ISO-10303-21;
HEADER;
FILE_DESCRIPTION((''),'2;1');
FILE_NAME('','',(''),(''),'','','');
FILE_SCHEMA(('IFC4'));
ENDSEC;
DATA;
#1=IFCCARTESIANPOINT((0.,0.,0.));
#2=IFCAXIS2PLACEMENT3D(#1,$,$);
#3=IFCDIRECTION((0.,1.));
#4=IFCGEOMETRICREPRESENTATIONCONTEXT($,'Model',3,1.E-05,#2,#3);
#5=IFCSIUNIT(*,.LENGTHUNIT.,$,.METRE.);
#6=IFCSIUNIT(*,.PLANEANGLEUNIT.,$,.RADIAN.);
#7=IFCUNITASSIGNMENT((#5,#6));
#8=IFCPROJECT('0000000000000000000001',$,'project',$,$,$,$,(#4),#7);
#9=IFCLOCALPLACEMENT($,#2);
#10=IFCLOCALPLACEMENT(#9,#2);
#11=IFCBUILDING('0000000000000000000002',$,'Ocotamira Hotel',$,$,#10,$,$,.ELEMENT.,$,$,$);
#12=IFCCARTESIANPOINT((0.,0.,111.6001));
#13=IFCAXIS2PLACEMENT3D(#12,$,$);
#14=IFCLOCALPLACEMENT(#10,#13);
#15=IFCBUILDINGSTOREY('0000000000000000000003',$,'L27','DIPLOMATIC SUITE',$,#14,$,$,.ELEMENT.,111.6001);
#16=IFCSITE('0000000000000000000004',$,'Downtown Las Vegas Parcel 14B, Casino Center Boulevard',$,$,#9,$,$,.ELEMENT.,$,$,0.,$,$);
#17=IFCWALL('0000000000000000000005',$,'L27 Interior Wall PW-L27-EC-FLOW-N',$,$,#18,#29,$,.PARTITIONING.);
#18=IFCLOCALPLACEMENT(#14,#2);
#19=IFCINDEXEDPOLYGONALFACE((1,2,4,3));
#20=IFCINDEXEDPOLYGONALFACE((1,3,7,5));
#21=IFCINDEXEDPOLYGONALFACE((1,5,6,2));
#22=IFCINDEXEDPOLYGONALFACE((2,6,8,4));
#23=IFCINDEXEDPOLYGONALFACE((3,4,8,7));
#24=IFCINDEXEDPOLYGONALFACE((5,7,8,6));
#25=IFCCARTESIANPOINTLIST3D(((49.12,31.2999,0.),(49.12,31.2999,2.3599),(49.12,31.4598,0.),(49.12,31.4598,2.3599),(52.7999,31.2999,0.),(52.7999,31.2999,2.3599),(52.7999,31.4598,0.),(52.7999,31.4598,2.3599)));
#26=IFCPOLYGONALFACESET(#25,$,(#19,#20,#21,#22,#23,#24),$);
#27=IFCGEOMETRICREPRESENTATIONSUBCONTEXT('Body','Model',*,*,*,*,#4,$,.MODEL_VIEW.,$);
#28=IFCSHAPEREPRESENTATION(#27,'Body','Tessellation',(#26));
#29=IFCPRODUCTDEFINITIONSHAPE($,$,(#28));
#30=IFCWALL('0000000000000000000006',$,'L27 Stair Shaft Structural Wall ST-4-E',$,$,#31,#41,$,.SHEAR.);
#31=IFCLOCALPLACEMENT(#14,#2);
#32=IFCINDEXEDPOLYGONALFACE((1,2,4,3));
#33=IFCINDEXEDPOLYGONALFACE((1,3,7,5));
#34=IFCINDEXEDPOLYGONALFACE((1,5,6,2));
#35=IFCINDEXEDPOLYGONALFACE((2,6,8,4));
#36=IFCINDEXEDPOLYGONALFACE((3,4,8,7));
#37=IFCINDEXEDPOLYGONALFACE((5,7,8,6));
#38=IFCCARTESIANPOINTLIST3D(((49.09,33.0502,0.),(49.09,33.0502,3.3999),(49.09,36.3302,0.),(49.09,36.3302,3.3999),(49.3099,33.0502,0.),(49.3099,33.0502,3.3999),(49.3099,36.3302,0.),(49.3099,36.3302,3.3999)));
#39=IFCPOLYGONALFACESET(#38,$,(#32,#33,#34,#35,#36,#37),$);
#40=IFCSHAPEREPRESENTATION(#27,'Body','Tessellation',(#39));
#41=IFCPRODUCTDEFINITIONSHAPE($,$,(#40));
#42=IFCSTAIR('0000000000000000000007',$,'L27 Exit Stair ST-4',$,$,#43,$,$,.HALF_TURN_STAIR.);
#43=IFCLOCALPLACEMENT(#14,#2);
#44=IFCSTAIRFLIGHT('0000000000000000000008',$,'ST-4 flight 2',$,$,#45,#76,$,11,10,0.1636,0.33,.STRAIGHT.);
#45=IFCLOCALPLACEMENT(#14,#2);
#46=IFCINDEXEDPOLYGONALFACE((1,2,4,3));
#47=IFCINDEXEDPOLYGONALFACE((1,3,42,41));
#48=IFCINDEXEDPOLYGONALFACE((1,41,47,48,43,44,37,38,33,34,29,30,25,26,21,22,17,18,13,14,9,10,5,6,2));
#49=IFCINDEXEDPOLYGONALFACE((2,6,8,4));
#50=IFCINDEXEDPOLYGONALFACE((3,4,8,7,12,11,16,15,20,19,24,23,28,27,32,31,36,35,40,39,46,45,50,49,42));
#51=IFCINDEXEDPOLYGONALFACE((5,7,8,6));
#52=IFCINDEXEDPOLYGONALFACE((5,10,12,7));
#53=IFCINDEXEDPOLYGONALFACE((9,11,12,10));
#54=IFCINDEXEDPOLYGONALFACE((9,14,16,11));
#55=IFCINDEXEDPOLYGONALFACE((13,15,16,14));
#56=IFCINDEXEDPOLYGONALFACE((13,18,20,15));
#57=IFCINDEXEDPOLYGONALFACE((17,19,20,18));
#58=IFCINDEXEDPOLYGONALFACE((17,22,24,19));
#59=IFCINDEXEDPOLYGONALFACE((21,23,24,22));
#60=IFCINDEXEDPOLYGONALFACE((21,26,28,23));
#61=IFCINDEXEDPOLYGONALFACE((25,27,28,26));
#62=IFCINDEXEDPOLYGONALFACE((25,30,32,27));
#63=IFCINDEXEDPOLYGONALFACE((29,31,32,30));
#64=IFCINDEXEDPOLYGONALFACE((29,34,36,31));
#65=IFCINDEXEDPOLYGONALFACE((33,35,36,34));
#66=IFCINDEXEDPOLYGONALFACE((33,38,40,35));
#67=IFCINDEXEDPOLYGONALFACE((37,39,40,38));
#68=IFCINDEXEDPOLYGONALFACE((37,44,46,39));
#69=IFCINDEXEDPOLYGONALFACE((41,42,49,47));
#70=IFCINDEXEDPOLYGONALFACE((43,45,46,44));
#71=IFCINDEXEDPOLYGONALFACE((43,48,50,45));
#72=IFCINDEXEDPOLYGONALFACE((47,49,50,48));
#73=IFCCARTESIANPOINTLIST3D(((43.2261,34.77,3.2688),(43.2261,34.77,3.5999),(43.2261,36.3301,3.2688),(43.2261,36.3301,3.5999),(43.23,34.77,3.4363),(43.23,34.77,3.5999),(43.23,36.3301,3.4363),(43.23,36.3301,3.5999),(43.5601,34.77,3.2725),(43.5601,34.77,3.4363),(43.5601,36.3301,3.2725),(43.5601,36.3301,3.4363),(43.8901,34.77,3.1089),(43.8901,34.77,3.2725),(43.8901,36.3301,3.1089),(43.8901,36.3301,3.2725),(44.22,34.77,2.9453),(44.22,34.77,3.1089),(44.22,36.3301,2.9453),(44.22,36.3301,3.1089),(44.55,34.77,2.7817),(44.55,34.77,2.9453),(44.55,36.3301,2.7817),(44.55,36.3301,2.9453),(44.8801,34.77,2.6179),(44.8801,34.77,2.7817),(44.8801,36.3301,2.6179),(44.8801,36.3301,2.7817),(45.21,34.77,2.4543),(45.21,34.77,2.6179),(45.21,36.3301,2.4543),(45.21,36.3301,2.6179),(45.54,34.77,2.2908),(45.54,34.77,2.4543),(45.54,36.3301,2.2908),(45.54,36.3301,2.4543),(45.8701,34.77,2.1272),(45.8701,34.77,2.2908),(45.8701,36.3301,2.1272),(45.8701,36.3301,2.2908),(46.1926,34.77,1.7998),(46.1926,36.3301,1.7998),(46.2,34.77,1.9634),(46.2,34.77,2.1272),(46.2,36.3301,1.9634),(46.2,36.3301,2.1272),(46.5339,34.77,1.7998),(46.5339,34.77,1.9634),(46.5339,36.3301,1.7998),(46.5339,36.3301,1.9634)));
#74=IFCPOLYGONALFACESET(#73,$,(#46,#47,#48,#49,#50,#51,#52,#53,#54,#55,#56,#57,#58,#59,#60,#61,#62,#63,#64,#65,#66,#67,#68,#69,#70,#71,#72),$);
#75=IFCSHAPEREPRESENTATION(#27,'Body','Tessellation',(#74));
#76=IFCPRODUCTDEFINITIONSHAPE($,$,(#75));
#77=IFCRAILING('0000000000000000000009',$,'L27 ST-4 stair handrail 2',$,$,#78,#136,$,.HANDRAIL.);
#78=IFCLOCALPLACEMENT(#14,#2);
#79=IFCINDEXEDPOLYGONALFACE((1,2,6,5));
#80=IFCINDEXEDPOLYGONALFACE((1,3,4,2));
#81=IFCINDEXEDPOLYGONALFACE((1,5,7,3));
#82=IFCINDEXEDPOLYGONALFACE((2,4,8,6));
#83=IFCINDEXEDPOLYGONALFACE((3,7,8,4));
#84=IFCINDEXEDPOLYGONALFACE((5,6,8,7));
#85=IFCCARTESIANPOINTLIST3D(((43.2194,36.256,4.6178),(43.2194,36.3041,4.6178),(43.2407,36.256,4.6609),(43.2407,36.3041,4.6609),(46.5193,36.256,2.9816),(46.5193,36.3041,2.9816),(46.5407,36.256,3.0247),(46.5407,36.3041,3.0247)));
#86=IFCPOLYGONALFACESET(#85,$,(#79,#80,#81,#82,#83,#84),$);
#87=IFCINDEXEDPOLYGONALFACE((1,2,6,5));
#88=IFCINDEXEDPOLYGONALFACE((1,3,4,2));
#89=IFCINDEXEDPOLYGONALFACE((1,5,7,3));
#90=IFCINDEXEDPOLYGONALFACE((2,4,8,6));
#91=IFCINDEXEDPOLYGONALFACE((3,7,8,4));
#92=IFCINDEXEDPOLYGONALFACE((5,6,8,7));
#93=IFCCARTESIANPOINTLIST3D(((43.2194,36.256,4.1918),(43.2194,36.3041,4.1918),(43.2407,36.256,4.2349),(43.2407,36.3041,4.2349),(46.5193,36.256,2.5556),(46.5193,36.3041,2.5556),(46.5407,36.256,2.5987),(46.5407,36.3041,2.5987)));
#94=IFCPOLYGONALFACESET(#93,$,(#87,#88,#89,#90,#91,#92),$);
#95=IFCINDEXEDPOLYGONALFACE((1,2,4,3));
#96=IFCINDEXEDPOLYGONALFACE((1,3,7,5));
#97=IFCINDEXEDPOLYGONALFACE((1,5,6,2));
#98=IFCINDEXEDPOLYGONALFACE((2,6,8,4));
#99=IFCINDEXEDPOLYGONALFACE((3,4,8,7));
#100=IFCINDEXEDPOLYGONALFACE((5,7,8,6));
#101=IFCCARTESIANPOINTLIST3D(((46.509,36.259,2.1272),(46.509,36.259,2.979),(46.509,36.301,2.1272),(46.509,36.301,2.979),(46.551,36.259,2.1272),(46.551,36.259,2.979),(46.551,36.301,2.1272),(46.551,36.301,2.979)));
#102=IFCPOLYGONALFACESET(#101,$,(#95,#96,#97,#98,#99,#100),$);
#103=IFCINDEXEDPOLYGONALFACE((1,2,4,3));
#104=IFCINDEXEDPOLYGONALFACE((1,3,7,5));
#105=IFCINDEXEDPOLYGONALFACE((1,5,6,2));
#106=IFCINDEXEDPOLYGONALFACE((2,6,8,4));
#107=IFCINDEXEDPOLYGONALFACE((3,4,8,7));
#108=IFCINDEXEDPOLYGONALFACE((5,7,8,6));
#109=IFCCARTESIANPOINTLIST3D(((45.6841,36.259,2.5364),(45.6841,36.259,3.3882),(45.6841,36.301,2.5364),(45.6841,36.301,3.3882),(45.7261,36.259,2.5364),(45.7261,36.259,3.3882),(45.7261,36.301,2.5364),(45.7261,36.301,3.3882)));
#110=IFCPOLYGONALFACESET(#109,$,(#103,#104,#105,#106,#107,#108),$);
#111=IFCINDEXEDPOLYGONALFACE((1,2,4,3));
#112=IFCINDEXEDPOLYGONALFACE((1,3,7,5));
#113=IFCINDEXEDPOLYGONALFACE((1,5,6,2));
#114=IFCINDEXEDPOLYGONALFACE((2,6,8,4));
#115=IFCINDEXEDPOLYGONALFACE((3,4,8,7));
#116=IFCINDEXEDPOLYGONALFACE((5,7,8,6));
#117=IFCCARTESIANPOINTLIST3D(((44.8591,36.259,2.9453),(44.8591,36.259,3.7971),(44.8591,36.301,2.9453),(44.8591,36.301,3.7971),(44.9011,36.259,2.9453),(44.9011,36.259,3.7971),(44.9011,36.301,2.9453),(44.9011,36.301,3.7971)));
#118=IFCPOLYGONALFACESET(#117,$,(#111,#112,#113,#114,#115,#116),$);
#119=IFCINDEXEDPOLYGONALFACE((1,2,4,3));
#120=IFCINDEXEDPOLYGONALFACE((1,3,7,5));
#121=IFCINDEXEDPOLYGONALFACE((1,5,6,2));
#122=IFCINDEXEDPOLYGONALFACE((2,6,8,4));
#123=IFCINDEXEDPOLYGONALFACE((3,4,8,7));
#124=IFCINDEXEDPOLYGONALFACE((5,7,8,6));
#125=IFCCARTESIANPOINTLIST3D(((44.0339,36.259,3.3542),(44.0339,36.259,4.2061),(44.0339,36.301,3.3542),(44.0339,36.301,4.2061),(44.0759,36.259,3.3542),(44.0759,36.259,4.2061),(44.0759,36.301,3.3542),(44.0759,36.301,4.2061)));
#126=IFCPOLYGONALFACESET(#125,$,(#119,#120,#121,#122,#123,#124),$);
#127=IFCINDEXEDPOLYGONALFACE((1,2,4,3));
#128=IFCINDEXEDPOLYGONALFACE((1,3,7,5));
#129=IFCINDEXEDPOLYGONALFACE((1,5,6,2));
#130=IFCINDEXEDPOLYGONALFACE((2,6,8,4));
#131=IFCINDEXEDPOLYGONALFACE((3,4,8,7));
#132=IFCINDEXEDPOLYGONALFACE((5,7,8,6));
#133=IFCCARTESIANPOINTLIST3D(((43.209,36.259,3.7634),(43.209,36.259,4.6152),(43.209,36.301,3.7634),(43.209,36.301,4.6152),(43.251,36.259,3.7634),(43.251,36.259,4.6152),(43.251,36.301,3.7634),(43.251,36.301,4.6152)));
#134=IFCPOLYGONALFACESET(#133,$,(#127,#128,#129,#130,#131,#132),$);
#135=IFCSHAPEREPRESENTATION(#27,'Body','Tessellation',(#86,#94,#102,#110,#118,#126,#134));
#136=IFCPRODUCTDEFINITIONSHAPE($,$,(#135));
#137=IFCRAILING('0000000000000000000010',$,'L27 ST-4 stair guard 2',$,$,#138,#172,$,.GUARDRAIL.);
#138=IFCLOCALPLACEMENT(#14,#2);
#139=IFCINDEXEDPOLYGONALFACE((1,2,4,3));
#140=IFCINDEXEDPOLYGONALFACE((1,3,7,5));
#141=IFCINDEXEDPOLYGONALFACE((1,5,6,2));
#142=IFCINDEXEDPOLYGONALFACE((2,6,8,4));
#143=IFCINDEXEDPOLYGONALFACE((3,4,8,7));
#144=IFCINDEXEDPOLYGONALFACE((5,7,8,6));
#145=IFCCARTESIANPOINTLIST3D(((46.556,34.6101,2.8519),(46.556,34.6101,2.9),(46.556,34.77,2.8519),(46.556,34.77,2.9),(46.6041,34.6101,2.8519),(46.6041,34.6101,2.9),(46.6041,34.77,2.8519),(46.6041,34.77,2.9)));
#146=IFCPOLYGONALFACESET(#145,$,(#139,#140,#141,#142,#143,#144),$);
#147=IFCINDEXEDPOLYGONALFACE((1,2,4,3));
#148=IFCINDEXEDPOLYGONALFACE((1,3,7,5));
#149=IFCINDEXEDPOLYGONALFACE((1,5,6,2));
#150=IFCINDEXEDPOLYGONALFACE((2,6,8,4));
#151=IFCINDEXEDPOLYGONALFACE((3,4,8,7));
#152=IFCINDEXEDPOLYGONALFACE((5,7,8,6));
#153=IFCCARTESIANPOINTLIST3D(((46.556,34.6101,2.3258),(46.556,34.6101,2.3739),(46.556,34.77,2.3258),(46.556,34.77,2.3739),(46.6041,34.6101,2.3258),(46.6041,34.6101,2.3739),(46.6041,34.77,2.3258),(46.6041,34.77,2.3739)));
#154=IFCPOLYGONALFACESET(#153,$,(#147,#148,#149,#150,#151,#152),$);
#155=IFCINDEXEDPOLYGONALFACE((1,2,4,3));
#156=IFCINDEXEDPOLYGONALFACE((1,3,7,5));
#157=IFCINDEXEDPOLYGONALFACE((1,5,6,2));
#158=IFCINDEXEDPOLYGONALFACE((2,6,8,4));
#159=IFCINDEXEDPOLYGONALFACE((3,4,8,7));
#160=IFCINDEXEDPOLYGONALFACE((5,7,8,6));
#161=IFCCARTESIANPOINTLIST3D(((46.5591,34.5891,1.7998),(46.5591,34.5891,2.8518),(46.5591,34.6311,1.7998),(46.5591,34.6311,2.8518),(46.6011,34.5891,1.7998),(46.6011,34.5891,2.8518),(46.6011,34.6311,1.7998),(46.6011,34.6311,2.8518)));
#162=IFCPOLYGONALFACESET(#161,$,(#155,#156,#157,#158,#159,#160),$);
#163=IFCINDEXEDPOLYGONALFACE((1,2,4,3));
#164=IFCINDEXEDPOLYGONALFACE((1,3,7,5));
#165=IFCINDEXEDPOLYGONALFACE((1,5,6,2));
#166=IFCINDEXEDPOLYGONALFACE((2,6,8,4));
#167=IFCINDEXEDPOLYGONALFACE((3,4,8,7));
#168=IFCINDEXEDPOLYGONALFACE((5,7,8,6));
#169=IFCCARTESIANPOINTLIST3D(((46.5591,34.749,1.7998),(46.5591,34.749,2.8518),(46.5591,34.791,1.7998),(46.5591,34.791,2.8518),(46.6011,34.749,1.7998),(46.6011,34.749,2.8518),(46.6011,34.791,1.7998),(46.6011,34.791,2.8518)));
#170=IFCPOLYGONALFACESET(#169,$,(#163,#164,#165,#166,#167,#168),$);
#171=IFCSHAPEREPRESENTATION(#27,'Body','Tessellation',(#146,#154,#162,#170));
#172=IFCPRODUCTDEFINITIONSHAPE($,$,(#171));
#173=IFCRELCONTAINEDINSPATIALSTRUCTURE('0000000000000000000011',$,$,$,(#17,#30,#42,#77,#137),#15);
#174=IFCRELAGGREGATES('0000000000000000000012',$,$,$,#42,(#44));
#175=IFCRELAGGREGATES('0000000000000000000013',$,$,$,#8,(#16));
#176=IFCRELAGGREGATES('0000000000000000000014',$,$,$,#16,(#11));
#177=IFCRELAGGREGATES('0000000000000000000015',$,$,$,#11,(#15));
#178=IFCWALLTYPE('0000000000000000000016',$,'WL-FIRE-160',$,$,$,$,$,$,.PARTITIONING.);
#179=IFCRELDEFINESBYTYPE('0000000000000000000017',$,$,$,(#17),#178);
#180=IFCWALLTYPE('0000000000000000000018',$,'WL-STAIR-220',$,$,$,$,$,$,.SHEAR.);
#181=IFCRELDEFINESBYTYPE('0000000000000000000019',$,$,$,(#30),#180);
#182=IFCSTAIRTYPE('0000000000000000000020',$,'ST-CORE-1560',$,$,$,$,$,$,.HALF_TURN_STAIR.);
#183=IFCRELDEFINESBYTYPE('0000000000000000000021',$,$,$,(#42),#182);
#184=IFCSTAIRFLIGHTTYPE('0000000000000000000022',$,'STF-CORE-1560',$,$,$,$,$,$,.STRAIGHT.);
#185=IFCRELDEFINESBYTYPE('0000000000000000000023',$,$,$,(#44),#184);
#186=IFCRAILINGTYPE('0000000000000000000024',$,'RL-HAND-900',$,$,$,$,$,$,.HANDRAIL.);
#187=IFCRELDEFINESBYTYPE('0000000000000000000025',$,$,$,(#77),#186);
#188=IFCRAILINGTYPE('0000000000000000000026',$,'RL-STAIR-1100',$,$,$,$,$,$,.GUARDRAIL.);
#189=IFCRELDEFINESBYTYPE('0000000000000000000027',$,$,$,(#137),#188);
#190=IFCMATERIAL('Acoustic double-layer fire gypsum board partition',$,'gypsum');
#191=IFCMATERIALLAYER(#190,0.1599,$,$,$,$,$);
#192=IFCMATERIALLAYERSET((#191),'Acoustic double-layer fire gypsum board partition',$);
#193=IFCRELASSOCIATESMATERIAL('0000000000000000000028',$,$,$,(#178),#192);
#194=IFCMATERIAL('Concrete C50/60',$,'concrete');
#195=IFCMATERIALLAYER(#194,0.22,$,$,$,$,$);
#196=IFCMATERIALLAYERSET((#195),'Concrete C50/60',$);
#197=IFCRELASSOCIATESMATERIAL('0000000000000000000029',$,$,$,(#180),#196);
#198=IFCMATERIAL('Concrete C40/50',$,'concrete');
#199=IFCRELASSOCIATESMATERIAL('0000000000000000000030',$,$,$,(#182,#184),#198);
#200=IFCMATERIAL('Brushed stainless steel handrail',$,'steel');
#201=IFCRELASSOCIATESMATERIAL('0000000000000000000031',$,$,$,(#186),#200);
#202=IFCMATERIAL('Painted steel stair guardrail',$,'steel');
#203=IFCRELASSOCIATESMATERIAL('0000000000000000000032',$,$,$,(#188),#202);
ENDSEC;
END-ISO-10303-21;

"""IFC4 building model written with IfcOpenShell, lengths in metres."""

from ifc_helpers import new_model, si_unit, direction, frame, frame_2d, origin, origin_2d, place, context, subcontext, project, spatial, polyline, rectangle, outline, extrude, source, transform, mapped, material, layer, layer_set, type_object, element, aggregate, save


model = new_model("IFC4")

# Units and contexts
model_context = context("Model", 3, precision=1e-05, world=origin(), true_north=direction((0.0, 1.0)))
body_context = subcontext(model_context, "Body", "Model", "MODEL_VIEW")
ifc_project = project(units=[si_unit("LENGTHUNIT", "METRE"), si_unit("PLANEANGLEUNIT", "RADIAN")], contexts=[model_context])

# Site, building, storey
site_placement = place(None, origin())
site = spatial("IfcSite", under=ifc_project, at=site_placement, Name="Downtown Las Vegas Parcel 14B, Casino Center Boulevard", CompositionType="ELEMENT", RefElevation=0.0)
building_placement = place(site_placement, origin())
building = spatial("IfcBuilding", under=site, at=building_placement, Name="Ocotamira Hotel", CompositionType="ELEMENT")
storey_placement = place(building_placement, frame((0.0, 0.0, 111.6001)))
storey = spatial("IfcBuildingStorey", under=building, at=storey_placement, Name="L27", Description="DIPLOMATIC SUITE", CompositionType="ELEMENT", Elevation=111.6001)

# Wall
ifc_material_1 = material(Name="Acoustic double-layer fire gypsum board partition", Category="gypsum")
ifc_layer_1 = layer(ifc_material_1, 0.1599)
ifc_layer_set_1 = layer_set([ifc_layer_1], Name="Acoustic double-layer fire gypsum board partition")
wall_type_1 = type_object("IfcWallType", Name="WL-FIRE-160", PredefinedType="PARTITIONING", material=ifc_layer_set_1)
wall_1_placement = place(storey_placement, frame((49.1201, 31.3799, 0.0), z_axis=(0.0, 0.0, 1.0), x_axis=(1.0, 0.0, 0.0)))
element("IfcWall", 1, at=wall_1_placement, inside=storey, type_object=wall_type_1, Name="L27 Interior Wall PW-L27-EC-FLOW-N", PredefinedType="PARTITIONING", context=body_context, shape_type="SweptSolid", body=[
    extrude(rectangle(XDim=3.6799, YDim=0.1599, at=frame_2d((1.8398, 0.0))), origin(), (0.0, 0.0, 1.0), 2.3599),
])

# Wall
ifc_material_2 = material(Name="Concrete C50/60", Category="concrete")
ifc_layer_2 = layer(ifc_material_2, 0.22)
ifc_layer_set_2 = layer_set([ifc_layer_2], Name="Concrete C50/60")
wall_type_2 = type_object("IfcWallType", Name="WL-STAIR-220", PredefinedType="SHEAR", material=ifc_layer_set_2)
wall_2_placement = place(storey_placement, frame((49.2, 33.05, 0.0), z_axis=(0.0, 0.0, 1.0), x_axis=(0.0, 1.0, 0.0)))
element("IfcWall", 2, at=wall_2_placement, inside=storey, type_object=wall_type_2, Name="L27 Stair Shaft Structural Wall ST-4-E", PredefinedType="SHEAR", context=body_context, shape_type="SweptSolid", body=[
    extrude(rectangle(XDim=3.28, YDim=0.22, at=frame_2d((1.6401, 0.0))), origin(), (0.0, 0.0, 1.0), 3.3999),
])

# Stair, stair flight
ifc_material_3 = material(Name="Concrete C40/50", Category="concrete")
stair_type = type_object("IfcStairType", Name="ST-CORE-1560", PredefinedType="HALF_TURN_STAIR", material=ifc_material_3)
stair_placement = place(storey_placement, origin())
stair = element("IfcStair", 3, at=stair_placement, inside=storey, type_object=stair_type, Name="L27 Exit Stair ST-4", PredefinedType="HALF_TURN_STAIR")
stair_flight_type = type_object("IfcStairFlightType", Name="STF-CORE-1560", PredefinedType="STRAIGHT", material=ifc_material_3)
shared_shape_1 = source(origin(), body_context, "Body", "SweptSolid", [
    extrude(outline(polyline([(-0.0039, 0.0), (-0.0039, 0.1636), (0.3301, 0.1636), (0.3301, 0.3274), (0.6599, 0.3274), (0.6599, 0.491), (0.99, 0.491), (0.99, 0.6545), (1.3201, 0.6545), (1.3201, 0.8181), (1.6499, 0.8181), (1.6499, 0.9819), (1.98, 0.9819), (1.98, 1.1455), (2.3101, 1.1455), (2.3101, 1.3091), (2.6399, 1.3091), (2.6399, 1.4727), (2.97, 1.4727), (2.97, 1.6365), (3.3, 1.6365), (3.3, 1.8), (3.304, 1.8), (3.304, 1.469), (0.3374, 0.0), (-0.0039, 0.0)])), frame((0.0, 0.78, 0.0), z_axis=(0.0, -1.0, 0.0), x_axis=(1.0, 0.0, 0.0)), (0.0, 0.0, 1.0), 1.5601),
])
stair_flight_placement = place(storey_placement, frame((46.53, 35.55, 1.7998), z_axis=(0.0, 0.0, 1.0), x_axis=(-1.0, 0.0, 0.0)))
stair_flight = element("IfcStairFlight", 4, at=stair_flight_placement, type_object=stair_flight_type, Name="ST-4 flight 2", NumberOfRisers=11, NumberOfTreads=10, PredefinedType="STRAIGHT", RiserHeight=0.1636, TreadLength=0.33, context=body_context, shape_type="MappedRepresentation", body=[
    mapped(shared_shape_1, transform((0.0, 0.0, 0.0), scale=1.0)),
])
aggregate(stair, [stair_flight])

# Railings
ifc_material_4 = material(Name="Brushed stainless steel handrail", Category="steel")
railing_type_1 = type_object("IfcRailingType", Name="RL-HAND-900", PredefinedType="HANDRAIL", material=ifc_material_4)
railing_1_placement = place(storey_placement, frame((46.53, 36.28, 2.1272)))
element("IfcRailing", 5, at=railing_1_placement, inside=storey, type_object=railing_type_1, Name="L27 ST-4 stair handrail 2", PredefinedType="HANDRAIL", context=body_context, shape_type="SweptSolid", body=[
    extrude(rectangle(XDim=0.0481, YDim=0.0481, at=origin_2d()), frame((0.0, 0.0, 0.876), z_axis=(-0.89592, 0.0, 0.444215), x_axis=(0.0, -1.0, 0.0)), (0.0, 0.0, 1.0), 3.6833),
    extrude(rectangle(XDim=0.0481, YDim=0.0481, at=origin_2d()), frame((0.0, 0.0, 0.45), z_axis=(-0.89592, 0.0, 0.444215), x_axis=(0.0, -1.0, 0.0)), (0.0, 0.0, 1.0), 3.6833),
    extrude(rectangle(XDim=0.042, YDim=0.042, at=origin_2d()), origin(), (0.0, 0.0, 1.0), 0.8518),
    extrude(rectangle(XDim=0.042, YDim=0.042, at=origin_2d()), frame((-0.825, 0.0, 0.4092)), (0.0, 0.0, 1.0), 0.8518),
    extrude(rectangle(XDim=0.042, YDim=0.042, at=origin_2d()), frame((-1.6499, 0.0, 0.8181)), (0.0, 0.0, 1.0), 0.8518),
    extrude(rectangle(XDim=0.042, YDim=0.042, at=origin_2d()), frame((-2.4751, 0.0, 1.2271)), (0.0, 0.0, 1.0), 0.8518),
    extrude(rectangle(XDim=0.042, YDim=0.042, at=origin_2d()), frame((-3.3, 0.0, 1.6362)), (0.0, 0.0, 1.0), 0.8518),
])
ifc_material_5 = material(Name="Painted steel stair guardrail", Category="steel")
railing_type_2 = type_object("IfcRailingType", Name="RL-STAIR-1100", PredefinedType="GUARDRAIL", material=ifc_material_5)
railing_2_placement = place(storey_placement, frame((46.5801, 34.6101, 1.7998)))
element("IfcRailing", 6, at=railing_2_placement, inside=storey, type_object=railing_type_2, Name="L27 ST-4 stair guard 2", PredefinedType="GUARDRAIL", context=body_context, shape_type="SweptSolid", body=[
    extrude(rectangle(XDim=0.0481, YDim=0.0481, at=origin_2d()), frame((0.0, 0.0, 1.0762), z_axis=(0.0, 1.0, 0.0), x_axis=(-1.0, 0.0, 0.0)), (0.0, 0.0, 1.0), 0.1599),
    extrude(rectangle(XDim=0.0481, YDim=0.0481, at=origin_2d()), frame((0.0, 0.0, 0.55), z_axis=(0.0, 1.0, 0.0), x_axis=(-1.0, 0.0, 0.0)), (0.0, 0.0, 1.0), 0.1599),
    extrude(rectangle(XDim=0.042, YDim=0.042, at=origin_2d()), origin(), (0.0, 0.0, 1.0), 1.052),
    extrude(rectangle(XDim=0.042, YDim=0.042, at=origin_2d()), frame((0.0, 0.1599, 0.0)), (0.0, 0.0, 1.0), 1.052),
])

save(model, "model.ifc")
